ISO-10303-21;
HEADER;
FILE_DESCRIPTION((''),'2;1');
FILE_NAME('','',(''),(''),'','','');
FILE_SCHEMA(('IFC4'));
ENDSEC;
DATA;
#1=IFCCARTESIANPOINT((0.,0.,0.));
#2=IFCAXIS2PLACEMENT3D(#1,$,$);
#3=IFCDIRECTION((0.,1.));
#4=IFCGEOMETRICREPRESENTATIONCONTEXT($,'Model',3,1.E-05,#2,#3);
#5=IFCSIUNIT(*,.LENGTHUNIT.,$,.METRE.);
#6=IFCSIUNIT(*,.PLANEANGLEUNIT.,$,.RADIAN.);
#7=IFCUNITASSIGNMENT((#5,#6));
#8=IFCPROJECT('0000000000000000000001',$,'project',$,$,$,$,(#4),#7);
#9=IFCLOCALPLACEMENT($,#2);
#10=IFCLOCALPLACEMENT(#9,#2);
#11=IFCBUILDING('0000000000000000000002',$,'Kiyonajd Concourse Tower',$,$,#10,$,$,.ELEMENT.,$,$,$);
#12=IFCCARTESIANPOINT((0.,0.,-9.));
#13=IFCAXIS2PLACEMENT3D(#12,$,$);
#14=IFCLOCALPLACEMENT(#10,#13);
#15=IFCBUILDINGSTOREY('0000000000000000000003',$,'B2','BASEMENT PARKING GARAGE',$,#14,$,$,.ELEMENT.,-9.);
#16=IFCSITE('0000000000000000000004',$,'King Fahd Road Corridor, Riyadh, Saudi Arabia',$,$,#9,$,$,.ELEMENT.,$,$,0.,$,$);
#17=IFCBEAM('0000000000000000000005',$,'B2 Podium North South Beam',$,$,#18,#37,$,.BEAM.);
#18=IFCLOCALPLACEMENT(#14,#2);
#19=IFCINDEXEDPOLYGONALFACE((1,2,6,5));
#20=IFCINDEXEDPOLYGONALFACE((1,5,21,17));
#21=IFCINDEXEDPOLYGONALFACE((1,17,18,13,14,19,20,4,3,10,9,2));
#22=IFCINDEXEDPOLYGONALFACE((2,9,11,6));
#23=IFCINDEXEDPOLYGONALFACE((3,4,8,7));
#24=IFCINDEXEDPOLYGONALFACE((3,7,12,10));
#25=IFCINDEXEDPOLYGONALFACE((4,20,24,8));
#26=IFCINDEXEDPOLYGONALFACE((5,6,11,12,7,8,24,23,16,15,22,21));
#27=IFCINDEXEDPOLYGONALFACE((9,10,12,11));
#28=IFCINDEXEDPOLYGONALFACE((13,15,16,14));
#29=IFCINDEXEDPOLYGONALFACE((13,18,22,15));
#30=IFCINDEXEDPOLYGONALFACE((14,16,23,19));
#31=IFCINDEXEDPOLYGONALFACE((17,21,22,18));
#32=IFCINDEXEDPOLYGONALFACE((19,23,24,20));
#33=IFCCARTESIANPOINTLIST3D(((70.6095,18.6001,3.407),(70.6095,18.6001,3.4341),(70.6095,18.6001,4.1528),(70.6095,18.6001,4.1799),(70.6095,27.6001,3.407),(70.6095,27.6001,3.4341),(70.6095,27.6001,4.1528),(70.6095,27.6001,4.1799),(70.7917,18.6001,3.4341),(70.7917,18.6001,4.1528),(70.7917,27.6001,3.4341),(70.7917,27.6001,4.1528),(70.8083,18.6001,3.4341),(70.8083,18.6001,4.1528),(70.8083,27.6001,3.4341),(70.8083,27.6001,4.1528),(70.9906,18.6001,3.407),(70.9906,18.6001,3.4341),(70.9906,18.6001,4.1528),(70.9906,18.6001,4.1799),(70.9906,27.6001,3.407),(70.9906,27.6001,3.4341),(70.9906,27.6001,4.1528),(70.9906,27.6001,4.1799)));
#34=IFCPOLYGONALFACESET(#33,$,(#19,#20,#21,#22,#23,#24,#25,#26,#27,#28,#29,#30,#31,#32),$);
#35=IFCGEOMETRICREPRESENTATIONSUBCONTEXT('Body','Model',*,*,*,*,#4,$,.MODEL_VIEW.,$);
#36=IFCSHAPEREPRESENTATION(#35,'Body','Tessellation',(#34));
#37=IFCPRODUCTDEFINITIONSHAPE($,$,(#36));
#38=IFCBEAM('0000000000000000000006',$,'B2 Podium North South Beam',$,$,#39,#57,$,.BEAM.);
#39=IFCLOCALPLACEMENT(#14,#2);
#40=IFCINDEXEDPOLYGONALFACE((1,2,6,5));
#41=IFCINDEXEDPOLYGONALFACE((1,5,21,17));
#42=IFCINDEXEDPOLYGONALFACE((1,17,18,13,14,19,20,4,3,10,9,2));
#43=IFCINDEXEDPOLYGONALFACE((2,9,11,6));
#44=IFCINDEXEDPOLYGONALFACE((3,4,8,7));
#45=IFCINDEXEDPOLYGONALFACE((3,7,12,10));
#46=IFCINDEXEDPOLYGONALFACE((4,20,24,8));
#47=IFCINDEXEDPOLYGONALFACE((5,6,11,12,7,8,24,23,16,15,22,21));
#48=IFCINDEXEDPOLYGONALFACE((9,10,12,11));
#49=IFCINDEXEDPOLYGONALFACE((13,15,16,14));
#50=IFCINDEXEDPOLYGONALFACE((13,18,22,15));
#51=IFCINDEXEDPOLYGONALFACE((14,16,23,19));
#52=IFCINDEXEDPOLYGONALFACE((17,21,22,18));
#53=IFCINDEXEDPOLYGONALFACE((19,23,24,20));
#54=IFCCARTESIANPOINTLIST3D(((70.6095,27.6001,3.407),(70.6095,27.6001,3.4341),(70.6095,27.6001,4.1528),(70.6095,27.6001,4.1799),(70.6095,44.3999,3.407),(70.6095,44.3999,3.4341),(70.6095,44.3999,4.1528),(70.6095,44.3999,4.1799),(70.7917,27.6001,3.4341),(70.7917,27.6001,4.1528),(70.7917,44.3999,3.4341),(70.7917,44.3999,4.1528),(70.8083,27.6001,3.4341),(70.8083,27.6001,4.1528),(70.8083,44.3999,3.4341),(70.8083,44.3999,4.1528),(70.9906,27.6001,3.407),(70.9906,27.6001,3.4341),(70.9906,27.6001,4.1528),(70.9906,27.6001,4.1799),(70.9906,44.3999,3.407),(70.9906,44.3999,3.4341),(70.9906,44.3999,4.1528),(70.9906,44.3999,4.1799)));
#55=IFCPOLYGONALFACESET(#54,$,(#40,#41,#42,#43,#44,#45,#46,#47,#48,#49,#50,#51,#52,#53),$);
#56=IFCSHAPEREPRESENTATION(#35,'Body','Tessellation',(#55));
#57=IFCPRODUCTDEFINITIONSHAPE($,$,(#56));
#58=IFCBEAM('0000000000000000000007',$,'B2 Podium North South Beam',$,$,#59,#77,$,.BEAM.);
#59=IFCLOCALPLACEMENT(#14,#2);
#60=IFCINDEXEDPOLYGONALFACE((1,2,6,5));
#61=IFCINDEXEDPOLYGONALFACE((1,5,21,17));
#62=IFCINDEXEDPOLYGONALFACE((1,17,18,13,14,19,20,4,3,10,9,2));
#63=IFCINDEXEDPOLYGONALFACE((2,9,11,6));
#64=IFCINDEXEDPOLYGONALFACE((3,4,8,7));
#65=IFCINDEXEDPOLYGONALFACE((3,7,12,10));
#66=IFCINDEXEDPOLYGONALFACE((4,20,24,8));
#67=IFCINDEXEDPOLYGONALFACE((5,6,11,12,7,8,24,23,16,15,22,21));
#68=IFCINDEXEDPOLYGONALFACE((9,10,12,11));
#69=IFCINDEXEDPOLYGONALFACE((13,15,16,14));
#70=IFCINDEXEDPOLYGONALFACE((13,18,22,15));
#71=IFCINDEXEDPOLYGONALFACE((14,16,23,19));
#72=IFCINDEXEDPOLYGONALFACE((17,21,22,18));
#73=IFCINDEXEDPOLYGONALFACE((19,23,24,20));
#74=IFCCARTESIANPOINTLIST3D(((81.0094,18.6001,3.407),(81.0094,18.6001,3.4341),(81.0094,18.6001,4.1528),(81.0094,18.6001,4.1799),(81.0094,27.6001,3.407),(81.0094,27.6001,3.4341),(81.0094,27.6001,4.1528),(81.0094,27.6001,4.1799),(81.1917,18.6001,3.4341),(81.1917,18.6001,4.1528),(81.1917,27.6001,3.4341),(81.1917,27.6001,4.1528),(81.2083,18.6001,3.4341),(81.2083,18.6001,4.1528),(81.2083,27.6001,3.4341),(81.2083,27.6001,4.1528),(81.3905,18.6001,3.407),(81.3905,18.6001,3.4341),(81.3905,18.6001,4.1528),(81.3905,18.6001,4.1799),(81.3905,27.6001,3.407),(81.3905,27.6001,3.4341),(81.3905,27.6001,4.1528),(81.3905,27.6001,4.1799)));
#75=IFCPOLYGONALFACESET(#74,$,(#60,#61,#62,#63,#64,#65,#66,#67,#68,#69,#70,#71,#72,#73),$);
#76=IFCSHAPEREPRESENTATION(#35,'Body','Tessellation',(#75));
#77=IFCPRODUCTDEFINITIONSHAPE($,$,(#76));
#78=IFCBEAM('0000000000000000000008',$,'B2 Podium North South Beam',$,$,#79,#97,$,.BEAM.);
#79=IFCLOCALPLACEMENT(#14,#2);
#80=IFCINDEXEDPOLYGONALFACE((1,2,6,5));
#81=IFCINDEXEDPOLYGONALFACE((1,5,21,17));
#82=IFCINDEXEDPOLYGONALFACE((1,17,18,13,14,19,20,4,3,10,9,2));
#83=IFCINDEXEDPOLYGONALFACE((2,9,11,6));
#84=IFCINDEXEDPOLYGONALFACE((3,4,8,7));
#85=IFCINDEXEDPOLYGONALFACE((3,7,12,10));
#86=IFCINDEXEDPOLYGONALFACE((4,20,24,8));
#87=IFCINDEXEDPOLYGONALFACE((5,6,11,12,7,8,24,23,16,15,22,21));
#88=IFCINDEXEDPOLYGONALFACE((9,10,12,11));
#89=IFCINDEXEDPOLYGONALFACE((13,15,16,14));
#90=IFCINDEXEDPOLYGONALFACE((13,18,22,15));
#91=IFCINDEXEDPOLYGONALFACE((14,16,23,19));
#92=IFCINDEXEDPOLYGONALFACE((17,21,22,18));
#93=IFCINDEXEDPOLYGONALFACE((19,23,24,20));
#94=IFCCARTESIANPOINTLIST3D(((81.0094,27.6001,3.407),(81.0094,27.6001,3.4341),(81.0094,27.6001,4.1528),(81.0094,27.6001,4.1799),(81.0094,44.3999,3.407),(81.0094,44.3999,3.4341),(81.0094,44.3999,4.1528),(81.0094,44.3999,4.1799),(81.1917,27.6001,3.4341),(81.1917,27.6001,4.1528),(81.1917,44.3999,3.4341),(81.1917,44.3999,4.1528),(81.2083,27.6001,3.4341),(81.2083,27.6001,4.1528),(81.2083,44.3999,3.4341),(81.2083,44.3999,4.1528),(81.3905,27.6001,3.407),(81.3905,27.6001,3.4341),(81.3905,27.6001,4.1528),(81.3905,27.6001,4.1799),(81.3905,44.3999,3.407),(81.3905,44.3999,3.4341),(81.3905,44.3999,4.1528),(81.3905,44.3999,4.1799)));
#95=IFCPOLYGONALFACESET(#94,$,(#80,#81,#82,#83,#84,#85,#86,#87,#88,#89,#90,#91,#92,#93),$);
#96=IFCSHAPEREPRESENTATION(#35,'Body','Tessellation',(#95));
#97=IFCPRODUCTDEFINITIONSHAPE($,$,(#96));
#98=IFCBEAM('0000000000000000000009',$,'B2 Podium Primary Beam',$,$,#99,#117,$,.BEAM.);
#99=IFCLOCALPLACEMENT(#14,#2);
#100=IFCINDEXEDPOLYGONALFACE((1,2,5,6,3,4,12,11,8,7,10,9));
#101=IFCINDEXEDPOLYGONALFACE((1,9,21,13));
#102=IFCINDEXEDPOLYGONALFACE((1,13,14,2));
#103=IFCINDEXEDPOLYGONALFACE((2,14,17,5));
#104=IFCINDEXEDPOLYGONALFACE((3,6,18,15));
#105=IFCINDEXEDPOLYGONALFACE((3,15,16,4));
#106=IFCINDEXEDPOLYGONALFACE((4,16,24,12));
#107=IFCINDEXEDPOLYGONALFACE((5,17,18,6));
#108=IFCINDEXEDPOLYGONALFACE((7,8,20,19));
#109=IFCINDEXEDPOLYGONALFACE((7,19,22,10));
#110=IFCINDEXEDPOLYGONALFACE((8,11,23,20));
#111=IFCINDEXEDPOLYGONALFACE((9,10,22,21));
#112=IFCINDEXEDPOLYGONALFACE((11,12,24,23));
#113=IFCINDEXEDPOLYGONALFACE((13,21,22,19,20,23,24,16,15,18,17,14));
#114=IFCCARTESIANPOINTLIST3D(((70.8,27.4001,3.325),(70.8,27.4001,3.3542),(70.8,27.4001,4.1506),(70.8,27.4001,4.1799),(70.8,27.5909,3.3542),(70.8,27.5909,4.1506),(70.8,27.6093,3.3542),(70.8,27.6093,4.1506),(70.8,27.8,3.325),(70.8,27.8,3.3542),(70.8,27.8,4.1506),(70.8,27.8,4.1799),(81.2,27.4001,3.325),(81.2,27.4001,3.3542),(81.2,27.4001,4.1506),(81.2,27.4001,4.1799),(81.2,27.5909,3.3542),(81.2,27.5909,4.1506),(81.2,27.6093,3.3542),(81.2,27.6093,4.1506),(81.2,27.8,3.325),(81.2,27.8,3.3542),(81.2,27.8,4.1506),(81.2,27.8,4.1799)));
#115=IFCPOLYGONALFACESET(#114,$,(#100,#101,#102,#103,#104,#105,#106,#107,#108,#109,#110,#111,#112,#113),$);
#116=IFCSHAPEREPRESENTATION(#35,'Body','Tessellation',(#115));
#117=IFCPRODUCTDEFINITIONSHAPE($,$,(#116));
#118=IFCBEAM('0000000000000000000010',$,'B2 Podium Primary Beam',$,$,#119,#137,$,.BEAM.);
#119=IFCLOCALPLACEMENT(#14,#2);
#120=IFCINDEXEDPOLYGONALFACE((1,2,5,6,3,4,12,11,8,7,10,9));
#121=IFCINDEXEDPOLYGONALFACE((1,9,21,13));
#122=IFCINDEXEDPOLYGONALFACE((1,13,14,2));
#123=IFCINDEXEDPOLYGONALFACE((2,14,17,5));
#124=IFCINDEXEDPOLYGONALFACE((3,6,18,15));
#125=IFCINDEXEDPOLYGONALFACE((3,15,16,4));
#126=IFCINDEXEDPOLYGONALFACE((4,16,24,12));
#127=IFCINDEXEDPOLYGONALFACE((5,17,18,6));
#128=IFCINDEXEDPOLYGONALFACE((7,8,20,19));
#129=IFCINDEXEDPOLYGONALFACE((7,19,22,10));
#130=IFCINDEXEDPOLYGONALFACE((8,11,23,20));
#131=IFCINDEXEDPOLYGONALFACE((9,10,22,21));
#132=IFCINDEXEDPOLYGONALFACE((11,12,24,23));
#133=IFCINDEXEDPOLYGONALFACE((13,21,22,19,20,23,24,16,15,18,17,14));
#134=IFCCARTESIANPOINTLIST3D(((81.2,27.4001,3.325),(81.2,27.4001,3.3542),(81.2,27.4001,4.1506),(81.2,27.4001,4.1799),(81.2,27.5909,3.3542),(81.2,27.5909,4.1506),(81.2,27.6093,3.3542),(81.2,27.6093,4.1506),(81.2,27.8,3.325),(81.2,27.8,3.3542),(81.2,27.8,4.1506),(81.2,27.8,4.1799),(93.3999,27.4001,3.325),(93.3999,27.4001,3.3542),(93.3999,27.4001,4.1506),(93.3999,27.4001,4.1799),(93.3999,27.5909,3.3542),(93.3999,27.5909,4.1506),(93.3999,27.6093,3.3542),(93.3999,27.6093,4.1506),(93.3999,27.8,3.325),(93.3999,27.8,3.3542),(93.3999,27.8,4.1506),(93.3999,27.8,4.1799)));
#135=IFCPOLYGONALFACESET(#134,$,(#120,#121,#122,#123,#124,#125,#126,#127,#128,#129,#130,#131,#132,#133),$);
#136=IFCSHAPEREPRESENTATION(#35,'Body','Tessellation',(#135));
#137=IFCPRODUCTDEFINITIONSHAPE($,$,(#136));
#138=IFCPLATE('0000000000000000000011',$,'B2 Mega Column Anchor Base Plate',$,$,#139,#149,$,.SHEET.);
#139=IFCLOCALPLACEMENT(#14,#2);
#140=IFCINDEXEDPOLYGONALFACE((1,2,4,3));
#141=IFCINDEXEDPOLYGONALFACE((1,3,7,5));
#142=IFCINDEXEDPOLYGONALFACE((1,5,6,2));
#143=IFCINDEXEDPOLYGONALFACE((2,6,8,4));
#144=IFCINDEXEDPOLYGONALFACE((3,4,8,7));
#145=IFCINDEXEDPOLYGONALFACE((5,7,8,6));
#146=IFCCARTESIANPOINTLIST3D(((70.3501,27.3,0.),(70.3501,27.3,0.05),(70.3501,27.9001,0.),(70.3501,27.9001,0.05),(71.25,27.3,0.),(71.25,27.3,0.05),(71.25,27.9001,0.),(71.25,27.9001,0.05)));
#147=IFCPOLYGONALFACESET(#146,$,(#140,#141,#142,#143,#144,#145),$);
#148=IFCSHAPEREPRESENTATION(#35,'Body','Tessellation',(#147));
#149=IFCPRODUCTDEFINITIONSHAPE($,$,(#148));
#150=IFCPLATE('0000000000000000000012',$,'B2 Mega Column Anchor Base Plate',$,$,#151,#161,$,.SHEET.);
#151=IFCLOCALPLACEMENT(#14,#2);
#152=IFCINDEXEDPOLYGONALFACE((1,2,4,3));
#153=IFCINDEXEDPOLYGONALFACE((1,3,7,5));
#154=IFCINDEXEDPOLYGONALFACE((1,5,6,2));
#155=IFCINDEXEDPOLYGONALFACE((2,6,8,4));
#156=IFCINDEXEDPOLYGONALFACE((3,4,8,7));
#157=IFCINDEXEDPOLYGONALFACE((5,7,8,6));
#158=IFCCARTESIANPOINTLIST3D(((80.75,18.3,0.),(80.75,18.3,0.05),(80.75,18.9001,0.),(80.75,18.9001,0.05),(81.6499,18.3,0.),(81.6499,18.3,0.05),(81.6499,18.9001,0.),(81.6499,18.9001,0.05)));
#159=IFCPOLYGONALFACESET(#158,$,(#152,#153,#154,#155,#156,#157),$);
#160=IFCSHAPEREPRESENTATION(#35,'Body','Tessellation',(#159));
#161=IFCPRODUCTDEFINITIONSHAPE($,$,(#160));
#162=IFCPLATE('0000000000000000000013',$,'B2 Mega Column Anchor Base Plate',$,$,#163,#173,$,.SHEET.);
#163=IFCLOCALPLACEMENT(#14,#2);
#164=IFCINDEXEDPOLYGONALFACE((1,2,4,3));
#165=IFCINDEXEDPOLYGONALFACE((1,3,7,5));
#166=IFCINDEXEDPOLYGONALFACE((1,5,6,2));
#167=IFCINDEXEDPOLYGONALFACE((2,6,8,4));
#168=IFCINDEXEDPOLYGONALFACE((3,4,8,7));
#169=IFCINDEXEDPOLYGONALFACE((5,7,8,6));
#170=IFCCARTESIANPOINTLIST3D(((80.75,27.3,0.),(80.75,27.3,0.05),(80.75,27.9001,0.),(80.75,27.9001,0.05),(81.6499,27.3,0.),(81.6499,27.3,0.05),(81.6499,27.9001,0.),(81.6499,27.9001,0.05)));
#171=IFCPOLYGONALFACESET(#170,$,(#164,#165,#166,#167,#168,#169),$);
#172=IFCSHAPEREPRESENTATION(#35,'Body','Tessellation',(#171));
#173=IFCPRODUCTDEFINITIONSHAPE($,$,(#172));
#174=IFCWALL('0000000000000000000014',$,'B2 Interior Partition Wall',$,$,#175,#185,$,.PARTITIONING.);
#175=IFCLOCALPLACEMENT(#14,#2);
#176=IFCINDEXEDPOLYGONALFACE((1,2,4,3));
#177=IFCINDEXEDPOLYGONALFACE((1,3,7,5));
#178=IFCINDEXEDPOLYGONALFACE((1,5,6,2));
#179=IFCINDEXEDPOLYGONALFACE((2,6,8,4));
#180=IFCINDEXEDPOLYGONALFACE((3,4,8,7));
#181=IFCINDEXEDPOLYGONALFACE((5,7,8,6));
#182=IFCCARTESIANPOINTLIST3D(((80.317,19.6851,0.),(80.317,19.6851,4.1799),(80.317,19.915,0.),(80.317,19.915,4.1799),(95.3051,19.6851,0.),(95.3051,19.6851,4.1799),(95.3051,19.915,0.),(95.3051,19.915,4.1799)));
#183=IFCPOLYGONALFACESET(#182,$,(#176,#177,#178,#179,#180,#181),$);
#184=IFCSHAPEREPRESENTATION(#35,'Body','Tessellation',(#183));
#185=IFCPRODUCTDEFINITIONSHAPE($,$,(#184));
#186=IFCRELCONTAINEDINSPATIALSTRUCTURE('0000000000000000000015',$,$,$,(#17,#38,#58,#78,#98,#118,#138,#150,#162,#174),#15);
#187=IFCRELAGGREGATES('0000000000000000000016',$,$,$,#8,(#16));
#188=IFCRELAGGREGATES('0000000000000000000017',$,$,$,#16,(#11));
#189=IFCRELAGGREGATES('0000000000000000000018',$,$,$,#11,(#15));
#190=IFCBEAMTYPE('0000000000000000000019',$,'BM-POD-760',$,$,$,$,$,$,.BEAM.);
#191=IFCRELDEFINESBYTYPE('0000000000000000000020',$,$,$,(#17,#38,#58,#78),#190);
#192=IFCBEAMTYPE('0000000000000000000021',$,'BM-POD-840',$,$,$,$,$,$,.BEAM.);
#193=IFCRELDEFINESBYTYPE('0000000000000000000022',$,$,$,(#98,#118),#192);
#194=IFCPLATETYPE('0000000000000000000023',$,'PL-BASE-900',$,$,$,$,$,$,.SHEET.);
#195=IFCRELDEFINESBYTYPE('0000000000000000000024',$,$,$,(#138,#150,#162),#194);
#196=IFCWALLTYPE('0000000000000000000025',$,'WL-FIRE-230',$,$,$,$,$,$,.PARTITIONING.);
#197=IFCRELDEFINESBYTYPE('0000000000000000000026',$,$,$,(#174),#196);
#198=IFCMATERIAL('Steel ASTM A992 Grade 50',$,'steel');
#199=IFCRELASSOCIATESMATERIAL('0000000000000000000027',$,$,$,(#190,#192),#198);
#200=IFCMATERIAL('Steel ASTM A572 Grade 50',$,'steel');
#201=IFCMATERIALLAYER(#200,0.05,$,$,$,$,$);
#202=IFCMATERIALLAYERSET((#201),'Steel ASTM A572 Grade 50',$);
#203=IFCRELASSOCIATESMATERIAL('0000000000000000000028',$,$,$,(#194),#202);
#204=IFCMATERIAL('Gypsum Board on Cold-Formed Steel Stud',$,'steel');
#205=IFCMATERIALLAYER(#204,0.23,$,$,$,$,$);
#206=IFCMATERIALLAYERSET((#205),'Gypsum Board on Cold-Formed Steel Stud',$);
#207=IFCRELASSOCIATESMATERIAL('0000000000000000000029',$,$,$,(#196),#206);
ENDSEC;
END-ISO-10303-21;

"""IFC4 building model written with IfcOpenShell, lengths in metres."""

from ifc_helpers import new_model, si_unit, direction, frame, frame_2d, origin, origin_2d, place, context, subcontext, project, spatial, rectangle, i_section, extrude, material, layer, layer_set, material_profile, profile_set, type_object, element, save


model = new_model("IFC4")

# Units and contexts
model_context = context("Model", 3, precision=1e-05, world=origin(), true_north=direction((0.0, 1.0)))
body_context = subcontext(model_context, "Body", "Model", "MODEL_VIEW")
ifc_project = project(units=[si_unit("LENGTHUNIT", "METRE"), si_unit("PLANEANGLEUNIT", "RADIAN")], contexts=[model_context])

# Site, building, storey
site_placement = place(None, origin())
site = spatial("IfcSite", under=ifc_project, at=site_placement, Name="King Fahd Road Corridor, Riyadh, Saudi Arabia", CompositionType="ELEMENT", RefElevation=0.0)
building_placement = place(site_placement, origin())
building = spatial("IfcBuilding", under=site, at=building_placement, Name="Kiyonajd Concourse Tower", CompositionType="ELEMENT")
storey_placement = place(building_placement, frame((0.0, 0.0, -9.0)))
storey = spatial("IfcBuildingStorey", under=building, at=storey_placement, Name="B2", Description="BASEMENT PARKING GARAGE", CompositionType="ELEMENT", Elevation=-9.0)

# Beams
ifc_material_1 = material(Name="Steel ASTM A992 Grade 50", Category="steel")
ifc_material_profile_1 = material_profile(ifc_material_1, i_section(OverallWidth=0.3811, OverallDepth=0.7729, WebThickness=0.0166, FlangeThickness=0.0271, at=origin_2d()), Name="W760X257")
ifc_profile_set_1 = profile_set([ifc_material_profile_1], Name="Steel ASTM A992 Grade 50")
beam_type_1 = type_object("IfcBeamType", Name="BM-POD-760", PredefinedType="BEAM", material=ifc_profile_set_1)
beam_1_placement = place(storey_placement, frame((70.8, 18.6001, 3.7935), z_axis=(0.0, 1.0, 0.0), x_axis=(-1.0, 0.0, 0.0)))
element("IfcBeam", 1, at=beam_1_placement, inside=storey, type_object=beam_type_1, Name="B2 Podium North South Beam", PredefinedType="BEAM", context=body_context, shape_type="SweptSolid", body=[
    extrude(i_section(OverallWidth=0.3811, OverallDepth=0.7729, WebThickness=0.0166, FlangeThickness=0.0271, at=origin_2d()), origin(), (0.0, 0.0, 1.0), 9.0),
])
beam_2_placement = place(storey_placement, frame((70.8, 27.6001, 3.7935), z_axis=(0.0, 1.0, 0.0), x_axis=(-1.0, 0.0, 0.0)))
element("IfcBeam", 2, at=beam_2_placement, inside=storey, type_object=beam_type_1, Name="B2 Podium North South Beam", PredefinedType="BEAM", context=body_context, shape_type="SweptSolid", body=[
    extrude(i_section(OverallWidth=0.3811, OverallDepth=0.7729, WebThickness=0.0166, FlangeThickness=0.0271, at=origin_2d()), origin(), (0.0, 0.0, 1.0), 16.7998),
])
beam_3_placement = place(storey_placement, frame((81.2, 18.6001, 3.7935), z_axis=(0.0, 1.0, 0.0), x_axis=(-1.0, 0.0, 0.0)))
element("IfcBeam", 3, at=beam_3_placement, inside=storey, type_object=beam_type_1, Name="B2 Podium North South Beam", PredefinedType="BEAM", context=body_context, shape_type="SweptSolid", body=[
    extrude(i_section(OverallWidth=0.3811, OverallDepth=0.7729, WebThickness=0.0166, FlangeThickness=0.0271, at=origin_2d()), origin(), (0.0, 0.0, 1.0), 9.0),
])
beam_4_placement = place(storey_placement, frame((81.2, 27.6001, 3.7935), z_axis=(0.0, 1.0, 0.0), x_axis=(-1.0, 0.0, 0.0)))
element("IfcBeam", 4, at=beam_4_placement, inside=storey, type_object=beam_type_1, Name="B2 Podium North South Beam", PredefinedType="BEAM", context=body_context, shape_type="SweptSolid", body=[
    extrude(i_section(OverallWidth=0.3811, OverallDepth=0.7729, WebThickness=0.0166, FlangeThickness=0.0271, at=origin_2d()), origin(), (0.0, 0.0, 1.0), 16.7998),
])
ifc_material_profile_2 = material_profile(ifc_material_1, i_section(OverallWidth=0.3999, OverallDepth=0.855, WebThickness=0.0183, FlangeThickness=0.0293, at=origin_2d()), Name="W840X299")
ifc_profile_set_2 = profile_set([ifc_material_profile_2], Name="Steel ASTM A992 Grade 50")
beam_type_2 = type_object("IfcBeamType", Name="BM-POD-840", PredefinedType="BEAM", material=ifc_profile_set_2)
beam_5_placement = place(storey_placement, frame((70.8, 27.6001, 3.7524), z_axis=(1.0, 0.0, 0.0), x_axis=(0.0, 1.0, 0.0)))
element("IfcBeam", 5, at=beam_5_placement, inside=storey, type_object=beam_type_2, Name="B2 Podium Primary Beam", PredefinedType="BEAM", context=body_context, shape_type="SweptSolid", body=[
    extrude(i_section(OverallWidth=0.3999, OverallDepth=0.855, WebThickness=0.0183, FlangeThickness=0.0293, at=origin_2d()), origin(), (0.0, 0.0, 1.0), 10.3999),
])
beam_6_placement = place(storey_placement, frame((81.2, 27.6001, 3.7524), z_axis=(1.0, 0.0, 0.0), x_axis=(0.0, 1.0, 0.0)))
element("IfcBeam", 6, at=beam_6_placement, inside=storey, type_object=beam_type_2, Name="B2 Podium Primary Beam", PredefinedType="BEAM", context=body_context, shape_type="SweptSolid", body=[
    extrude(i_section(OverallWidth=0.3999, OverallDepth=0.855, WebThickness=0.0183, FlangeThickness=0.0293, at=origin_2d()), origin(), (0.0, 0.0, 1.0), 12.2),
])

# Plates
ifc_material_2 = material(Name="Steel ASTM A572 Grade 50", Category="steel")
ifc_layer_1 = layer(ifc_material_2, 0.05)
ifc_layer_set_1 = layer_set([ifc_layer_1], Name="Steel ASTM A572 Grade 50")
plate_type = type_object("IfcPlateType", Name="PL-BASE-900", PredefinedType="SHEET", material=ifc_layer_set_1)
for number, where, z_axis, x_axis, name in (
    (7, (70.8, 27.6001, 0.0), (0.0, 0.0, 1.0), (1.0, 0.0, 0.0), "B2 Mega Column Anchor Base Plate"),
    (8, (81.2, 18.6001, 0.0), (0.0, 0.0, 1.0), (1.0, 0.0, 0.0), "B2 Mega Column Anchor Base Plate"),
    (9, (81.2, 27.6001, 0.0), (0.0, 0.0, 1.0), (1.0, 0.0, 0.0), "B2 Mega Column Anchor Base Plate"),
):
    element("IfcPlate", number, at=place(storey_placement, frame(where, z_axis=z_axis, x_axis=x_axis)), inside=storey, type_object=plate_type, Name=name, PredefinedType="SHEET", context=body_context, shape_type="SweptSolid", body=[
        extrude(rectangle(XDim=0.8999, YDim=0.6001, at=origin_2d()), origin(), (0.0, 0.0, 1.0), 0.05),
    ])

# Wall
ifc_material_3 = material(Name="Gypsum Board on Cold-Formed Steel Stud", Category="steel")
ifc_layer_2 = layer(ifc_material_3, 0.23)
ifc_layer_set_2 = layer_set([ifc_layer_2], Name="Gypsum Board on Cold-Formed Steel Stud")
wall_type_1 = type_object("IfcWallType", Name="WL-FIRE-230", PredefinedType="PARTITIONING", material=ifc_layer_set_2)
wall_1_placement = place(storey_placement, frame((80.3169, 19.8, 0.0), z_axis=(0.0, 0.0, 1.0), x_axis=(1.0, 0.0, 0.0)))
element("IfcWall", 10, at=wall_1_placement, inside=storey, type_object=wall_type_1, Name="B2 Interior Partition Wall", PredefinedType="PARTITIONING", context=body_context, shape_type="SweptSolid", body=[
    extrude(rectangle(XDim=14.988, YDim=0.23, at=frame_2d((7.4941, 0.0))), origin(), (0.0, 0.0, 1.0), 4.1799),
])

save(model, "model.ifc")
